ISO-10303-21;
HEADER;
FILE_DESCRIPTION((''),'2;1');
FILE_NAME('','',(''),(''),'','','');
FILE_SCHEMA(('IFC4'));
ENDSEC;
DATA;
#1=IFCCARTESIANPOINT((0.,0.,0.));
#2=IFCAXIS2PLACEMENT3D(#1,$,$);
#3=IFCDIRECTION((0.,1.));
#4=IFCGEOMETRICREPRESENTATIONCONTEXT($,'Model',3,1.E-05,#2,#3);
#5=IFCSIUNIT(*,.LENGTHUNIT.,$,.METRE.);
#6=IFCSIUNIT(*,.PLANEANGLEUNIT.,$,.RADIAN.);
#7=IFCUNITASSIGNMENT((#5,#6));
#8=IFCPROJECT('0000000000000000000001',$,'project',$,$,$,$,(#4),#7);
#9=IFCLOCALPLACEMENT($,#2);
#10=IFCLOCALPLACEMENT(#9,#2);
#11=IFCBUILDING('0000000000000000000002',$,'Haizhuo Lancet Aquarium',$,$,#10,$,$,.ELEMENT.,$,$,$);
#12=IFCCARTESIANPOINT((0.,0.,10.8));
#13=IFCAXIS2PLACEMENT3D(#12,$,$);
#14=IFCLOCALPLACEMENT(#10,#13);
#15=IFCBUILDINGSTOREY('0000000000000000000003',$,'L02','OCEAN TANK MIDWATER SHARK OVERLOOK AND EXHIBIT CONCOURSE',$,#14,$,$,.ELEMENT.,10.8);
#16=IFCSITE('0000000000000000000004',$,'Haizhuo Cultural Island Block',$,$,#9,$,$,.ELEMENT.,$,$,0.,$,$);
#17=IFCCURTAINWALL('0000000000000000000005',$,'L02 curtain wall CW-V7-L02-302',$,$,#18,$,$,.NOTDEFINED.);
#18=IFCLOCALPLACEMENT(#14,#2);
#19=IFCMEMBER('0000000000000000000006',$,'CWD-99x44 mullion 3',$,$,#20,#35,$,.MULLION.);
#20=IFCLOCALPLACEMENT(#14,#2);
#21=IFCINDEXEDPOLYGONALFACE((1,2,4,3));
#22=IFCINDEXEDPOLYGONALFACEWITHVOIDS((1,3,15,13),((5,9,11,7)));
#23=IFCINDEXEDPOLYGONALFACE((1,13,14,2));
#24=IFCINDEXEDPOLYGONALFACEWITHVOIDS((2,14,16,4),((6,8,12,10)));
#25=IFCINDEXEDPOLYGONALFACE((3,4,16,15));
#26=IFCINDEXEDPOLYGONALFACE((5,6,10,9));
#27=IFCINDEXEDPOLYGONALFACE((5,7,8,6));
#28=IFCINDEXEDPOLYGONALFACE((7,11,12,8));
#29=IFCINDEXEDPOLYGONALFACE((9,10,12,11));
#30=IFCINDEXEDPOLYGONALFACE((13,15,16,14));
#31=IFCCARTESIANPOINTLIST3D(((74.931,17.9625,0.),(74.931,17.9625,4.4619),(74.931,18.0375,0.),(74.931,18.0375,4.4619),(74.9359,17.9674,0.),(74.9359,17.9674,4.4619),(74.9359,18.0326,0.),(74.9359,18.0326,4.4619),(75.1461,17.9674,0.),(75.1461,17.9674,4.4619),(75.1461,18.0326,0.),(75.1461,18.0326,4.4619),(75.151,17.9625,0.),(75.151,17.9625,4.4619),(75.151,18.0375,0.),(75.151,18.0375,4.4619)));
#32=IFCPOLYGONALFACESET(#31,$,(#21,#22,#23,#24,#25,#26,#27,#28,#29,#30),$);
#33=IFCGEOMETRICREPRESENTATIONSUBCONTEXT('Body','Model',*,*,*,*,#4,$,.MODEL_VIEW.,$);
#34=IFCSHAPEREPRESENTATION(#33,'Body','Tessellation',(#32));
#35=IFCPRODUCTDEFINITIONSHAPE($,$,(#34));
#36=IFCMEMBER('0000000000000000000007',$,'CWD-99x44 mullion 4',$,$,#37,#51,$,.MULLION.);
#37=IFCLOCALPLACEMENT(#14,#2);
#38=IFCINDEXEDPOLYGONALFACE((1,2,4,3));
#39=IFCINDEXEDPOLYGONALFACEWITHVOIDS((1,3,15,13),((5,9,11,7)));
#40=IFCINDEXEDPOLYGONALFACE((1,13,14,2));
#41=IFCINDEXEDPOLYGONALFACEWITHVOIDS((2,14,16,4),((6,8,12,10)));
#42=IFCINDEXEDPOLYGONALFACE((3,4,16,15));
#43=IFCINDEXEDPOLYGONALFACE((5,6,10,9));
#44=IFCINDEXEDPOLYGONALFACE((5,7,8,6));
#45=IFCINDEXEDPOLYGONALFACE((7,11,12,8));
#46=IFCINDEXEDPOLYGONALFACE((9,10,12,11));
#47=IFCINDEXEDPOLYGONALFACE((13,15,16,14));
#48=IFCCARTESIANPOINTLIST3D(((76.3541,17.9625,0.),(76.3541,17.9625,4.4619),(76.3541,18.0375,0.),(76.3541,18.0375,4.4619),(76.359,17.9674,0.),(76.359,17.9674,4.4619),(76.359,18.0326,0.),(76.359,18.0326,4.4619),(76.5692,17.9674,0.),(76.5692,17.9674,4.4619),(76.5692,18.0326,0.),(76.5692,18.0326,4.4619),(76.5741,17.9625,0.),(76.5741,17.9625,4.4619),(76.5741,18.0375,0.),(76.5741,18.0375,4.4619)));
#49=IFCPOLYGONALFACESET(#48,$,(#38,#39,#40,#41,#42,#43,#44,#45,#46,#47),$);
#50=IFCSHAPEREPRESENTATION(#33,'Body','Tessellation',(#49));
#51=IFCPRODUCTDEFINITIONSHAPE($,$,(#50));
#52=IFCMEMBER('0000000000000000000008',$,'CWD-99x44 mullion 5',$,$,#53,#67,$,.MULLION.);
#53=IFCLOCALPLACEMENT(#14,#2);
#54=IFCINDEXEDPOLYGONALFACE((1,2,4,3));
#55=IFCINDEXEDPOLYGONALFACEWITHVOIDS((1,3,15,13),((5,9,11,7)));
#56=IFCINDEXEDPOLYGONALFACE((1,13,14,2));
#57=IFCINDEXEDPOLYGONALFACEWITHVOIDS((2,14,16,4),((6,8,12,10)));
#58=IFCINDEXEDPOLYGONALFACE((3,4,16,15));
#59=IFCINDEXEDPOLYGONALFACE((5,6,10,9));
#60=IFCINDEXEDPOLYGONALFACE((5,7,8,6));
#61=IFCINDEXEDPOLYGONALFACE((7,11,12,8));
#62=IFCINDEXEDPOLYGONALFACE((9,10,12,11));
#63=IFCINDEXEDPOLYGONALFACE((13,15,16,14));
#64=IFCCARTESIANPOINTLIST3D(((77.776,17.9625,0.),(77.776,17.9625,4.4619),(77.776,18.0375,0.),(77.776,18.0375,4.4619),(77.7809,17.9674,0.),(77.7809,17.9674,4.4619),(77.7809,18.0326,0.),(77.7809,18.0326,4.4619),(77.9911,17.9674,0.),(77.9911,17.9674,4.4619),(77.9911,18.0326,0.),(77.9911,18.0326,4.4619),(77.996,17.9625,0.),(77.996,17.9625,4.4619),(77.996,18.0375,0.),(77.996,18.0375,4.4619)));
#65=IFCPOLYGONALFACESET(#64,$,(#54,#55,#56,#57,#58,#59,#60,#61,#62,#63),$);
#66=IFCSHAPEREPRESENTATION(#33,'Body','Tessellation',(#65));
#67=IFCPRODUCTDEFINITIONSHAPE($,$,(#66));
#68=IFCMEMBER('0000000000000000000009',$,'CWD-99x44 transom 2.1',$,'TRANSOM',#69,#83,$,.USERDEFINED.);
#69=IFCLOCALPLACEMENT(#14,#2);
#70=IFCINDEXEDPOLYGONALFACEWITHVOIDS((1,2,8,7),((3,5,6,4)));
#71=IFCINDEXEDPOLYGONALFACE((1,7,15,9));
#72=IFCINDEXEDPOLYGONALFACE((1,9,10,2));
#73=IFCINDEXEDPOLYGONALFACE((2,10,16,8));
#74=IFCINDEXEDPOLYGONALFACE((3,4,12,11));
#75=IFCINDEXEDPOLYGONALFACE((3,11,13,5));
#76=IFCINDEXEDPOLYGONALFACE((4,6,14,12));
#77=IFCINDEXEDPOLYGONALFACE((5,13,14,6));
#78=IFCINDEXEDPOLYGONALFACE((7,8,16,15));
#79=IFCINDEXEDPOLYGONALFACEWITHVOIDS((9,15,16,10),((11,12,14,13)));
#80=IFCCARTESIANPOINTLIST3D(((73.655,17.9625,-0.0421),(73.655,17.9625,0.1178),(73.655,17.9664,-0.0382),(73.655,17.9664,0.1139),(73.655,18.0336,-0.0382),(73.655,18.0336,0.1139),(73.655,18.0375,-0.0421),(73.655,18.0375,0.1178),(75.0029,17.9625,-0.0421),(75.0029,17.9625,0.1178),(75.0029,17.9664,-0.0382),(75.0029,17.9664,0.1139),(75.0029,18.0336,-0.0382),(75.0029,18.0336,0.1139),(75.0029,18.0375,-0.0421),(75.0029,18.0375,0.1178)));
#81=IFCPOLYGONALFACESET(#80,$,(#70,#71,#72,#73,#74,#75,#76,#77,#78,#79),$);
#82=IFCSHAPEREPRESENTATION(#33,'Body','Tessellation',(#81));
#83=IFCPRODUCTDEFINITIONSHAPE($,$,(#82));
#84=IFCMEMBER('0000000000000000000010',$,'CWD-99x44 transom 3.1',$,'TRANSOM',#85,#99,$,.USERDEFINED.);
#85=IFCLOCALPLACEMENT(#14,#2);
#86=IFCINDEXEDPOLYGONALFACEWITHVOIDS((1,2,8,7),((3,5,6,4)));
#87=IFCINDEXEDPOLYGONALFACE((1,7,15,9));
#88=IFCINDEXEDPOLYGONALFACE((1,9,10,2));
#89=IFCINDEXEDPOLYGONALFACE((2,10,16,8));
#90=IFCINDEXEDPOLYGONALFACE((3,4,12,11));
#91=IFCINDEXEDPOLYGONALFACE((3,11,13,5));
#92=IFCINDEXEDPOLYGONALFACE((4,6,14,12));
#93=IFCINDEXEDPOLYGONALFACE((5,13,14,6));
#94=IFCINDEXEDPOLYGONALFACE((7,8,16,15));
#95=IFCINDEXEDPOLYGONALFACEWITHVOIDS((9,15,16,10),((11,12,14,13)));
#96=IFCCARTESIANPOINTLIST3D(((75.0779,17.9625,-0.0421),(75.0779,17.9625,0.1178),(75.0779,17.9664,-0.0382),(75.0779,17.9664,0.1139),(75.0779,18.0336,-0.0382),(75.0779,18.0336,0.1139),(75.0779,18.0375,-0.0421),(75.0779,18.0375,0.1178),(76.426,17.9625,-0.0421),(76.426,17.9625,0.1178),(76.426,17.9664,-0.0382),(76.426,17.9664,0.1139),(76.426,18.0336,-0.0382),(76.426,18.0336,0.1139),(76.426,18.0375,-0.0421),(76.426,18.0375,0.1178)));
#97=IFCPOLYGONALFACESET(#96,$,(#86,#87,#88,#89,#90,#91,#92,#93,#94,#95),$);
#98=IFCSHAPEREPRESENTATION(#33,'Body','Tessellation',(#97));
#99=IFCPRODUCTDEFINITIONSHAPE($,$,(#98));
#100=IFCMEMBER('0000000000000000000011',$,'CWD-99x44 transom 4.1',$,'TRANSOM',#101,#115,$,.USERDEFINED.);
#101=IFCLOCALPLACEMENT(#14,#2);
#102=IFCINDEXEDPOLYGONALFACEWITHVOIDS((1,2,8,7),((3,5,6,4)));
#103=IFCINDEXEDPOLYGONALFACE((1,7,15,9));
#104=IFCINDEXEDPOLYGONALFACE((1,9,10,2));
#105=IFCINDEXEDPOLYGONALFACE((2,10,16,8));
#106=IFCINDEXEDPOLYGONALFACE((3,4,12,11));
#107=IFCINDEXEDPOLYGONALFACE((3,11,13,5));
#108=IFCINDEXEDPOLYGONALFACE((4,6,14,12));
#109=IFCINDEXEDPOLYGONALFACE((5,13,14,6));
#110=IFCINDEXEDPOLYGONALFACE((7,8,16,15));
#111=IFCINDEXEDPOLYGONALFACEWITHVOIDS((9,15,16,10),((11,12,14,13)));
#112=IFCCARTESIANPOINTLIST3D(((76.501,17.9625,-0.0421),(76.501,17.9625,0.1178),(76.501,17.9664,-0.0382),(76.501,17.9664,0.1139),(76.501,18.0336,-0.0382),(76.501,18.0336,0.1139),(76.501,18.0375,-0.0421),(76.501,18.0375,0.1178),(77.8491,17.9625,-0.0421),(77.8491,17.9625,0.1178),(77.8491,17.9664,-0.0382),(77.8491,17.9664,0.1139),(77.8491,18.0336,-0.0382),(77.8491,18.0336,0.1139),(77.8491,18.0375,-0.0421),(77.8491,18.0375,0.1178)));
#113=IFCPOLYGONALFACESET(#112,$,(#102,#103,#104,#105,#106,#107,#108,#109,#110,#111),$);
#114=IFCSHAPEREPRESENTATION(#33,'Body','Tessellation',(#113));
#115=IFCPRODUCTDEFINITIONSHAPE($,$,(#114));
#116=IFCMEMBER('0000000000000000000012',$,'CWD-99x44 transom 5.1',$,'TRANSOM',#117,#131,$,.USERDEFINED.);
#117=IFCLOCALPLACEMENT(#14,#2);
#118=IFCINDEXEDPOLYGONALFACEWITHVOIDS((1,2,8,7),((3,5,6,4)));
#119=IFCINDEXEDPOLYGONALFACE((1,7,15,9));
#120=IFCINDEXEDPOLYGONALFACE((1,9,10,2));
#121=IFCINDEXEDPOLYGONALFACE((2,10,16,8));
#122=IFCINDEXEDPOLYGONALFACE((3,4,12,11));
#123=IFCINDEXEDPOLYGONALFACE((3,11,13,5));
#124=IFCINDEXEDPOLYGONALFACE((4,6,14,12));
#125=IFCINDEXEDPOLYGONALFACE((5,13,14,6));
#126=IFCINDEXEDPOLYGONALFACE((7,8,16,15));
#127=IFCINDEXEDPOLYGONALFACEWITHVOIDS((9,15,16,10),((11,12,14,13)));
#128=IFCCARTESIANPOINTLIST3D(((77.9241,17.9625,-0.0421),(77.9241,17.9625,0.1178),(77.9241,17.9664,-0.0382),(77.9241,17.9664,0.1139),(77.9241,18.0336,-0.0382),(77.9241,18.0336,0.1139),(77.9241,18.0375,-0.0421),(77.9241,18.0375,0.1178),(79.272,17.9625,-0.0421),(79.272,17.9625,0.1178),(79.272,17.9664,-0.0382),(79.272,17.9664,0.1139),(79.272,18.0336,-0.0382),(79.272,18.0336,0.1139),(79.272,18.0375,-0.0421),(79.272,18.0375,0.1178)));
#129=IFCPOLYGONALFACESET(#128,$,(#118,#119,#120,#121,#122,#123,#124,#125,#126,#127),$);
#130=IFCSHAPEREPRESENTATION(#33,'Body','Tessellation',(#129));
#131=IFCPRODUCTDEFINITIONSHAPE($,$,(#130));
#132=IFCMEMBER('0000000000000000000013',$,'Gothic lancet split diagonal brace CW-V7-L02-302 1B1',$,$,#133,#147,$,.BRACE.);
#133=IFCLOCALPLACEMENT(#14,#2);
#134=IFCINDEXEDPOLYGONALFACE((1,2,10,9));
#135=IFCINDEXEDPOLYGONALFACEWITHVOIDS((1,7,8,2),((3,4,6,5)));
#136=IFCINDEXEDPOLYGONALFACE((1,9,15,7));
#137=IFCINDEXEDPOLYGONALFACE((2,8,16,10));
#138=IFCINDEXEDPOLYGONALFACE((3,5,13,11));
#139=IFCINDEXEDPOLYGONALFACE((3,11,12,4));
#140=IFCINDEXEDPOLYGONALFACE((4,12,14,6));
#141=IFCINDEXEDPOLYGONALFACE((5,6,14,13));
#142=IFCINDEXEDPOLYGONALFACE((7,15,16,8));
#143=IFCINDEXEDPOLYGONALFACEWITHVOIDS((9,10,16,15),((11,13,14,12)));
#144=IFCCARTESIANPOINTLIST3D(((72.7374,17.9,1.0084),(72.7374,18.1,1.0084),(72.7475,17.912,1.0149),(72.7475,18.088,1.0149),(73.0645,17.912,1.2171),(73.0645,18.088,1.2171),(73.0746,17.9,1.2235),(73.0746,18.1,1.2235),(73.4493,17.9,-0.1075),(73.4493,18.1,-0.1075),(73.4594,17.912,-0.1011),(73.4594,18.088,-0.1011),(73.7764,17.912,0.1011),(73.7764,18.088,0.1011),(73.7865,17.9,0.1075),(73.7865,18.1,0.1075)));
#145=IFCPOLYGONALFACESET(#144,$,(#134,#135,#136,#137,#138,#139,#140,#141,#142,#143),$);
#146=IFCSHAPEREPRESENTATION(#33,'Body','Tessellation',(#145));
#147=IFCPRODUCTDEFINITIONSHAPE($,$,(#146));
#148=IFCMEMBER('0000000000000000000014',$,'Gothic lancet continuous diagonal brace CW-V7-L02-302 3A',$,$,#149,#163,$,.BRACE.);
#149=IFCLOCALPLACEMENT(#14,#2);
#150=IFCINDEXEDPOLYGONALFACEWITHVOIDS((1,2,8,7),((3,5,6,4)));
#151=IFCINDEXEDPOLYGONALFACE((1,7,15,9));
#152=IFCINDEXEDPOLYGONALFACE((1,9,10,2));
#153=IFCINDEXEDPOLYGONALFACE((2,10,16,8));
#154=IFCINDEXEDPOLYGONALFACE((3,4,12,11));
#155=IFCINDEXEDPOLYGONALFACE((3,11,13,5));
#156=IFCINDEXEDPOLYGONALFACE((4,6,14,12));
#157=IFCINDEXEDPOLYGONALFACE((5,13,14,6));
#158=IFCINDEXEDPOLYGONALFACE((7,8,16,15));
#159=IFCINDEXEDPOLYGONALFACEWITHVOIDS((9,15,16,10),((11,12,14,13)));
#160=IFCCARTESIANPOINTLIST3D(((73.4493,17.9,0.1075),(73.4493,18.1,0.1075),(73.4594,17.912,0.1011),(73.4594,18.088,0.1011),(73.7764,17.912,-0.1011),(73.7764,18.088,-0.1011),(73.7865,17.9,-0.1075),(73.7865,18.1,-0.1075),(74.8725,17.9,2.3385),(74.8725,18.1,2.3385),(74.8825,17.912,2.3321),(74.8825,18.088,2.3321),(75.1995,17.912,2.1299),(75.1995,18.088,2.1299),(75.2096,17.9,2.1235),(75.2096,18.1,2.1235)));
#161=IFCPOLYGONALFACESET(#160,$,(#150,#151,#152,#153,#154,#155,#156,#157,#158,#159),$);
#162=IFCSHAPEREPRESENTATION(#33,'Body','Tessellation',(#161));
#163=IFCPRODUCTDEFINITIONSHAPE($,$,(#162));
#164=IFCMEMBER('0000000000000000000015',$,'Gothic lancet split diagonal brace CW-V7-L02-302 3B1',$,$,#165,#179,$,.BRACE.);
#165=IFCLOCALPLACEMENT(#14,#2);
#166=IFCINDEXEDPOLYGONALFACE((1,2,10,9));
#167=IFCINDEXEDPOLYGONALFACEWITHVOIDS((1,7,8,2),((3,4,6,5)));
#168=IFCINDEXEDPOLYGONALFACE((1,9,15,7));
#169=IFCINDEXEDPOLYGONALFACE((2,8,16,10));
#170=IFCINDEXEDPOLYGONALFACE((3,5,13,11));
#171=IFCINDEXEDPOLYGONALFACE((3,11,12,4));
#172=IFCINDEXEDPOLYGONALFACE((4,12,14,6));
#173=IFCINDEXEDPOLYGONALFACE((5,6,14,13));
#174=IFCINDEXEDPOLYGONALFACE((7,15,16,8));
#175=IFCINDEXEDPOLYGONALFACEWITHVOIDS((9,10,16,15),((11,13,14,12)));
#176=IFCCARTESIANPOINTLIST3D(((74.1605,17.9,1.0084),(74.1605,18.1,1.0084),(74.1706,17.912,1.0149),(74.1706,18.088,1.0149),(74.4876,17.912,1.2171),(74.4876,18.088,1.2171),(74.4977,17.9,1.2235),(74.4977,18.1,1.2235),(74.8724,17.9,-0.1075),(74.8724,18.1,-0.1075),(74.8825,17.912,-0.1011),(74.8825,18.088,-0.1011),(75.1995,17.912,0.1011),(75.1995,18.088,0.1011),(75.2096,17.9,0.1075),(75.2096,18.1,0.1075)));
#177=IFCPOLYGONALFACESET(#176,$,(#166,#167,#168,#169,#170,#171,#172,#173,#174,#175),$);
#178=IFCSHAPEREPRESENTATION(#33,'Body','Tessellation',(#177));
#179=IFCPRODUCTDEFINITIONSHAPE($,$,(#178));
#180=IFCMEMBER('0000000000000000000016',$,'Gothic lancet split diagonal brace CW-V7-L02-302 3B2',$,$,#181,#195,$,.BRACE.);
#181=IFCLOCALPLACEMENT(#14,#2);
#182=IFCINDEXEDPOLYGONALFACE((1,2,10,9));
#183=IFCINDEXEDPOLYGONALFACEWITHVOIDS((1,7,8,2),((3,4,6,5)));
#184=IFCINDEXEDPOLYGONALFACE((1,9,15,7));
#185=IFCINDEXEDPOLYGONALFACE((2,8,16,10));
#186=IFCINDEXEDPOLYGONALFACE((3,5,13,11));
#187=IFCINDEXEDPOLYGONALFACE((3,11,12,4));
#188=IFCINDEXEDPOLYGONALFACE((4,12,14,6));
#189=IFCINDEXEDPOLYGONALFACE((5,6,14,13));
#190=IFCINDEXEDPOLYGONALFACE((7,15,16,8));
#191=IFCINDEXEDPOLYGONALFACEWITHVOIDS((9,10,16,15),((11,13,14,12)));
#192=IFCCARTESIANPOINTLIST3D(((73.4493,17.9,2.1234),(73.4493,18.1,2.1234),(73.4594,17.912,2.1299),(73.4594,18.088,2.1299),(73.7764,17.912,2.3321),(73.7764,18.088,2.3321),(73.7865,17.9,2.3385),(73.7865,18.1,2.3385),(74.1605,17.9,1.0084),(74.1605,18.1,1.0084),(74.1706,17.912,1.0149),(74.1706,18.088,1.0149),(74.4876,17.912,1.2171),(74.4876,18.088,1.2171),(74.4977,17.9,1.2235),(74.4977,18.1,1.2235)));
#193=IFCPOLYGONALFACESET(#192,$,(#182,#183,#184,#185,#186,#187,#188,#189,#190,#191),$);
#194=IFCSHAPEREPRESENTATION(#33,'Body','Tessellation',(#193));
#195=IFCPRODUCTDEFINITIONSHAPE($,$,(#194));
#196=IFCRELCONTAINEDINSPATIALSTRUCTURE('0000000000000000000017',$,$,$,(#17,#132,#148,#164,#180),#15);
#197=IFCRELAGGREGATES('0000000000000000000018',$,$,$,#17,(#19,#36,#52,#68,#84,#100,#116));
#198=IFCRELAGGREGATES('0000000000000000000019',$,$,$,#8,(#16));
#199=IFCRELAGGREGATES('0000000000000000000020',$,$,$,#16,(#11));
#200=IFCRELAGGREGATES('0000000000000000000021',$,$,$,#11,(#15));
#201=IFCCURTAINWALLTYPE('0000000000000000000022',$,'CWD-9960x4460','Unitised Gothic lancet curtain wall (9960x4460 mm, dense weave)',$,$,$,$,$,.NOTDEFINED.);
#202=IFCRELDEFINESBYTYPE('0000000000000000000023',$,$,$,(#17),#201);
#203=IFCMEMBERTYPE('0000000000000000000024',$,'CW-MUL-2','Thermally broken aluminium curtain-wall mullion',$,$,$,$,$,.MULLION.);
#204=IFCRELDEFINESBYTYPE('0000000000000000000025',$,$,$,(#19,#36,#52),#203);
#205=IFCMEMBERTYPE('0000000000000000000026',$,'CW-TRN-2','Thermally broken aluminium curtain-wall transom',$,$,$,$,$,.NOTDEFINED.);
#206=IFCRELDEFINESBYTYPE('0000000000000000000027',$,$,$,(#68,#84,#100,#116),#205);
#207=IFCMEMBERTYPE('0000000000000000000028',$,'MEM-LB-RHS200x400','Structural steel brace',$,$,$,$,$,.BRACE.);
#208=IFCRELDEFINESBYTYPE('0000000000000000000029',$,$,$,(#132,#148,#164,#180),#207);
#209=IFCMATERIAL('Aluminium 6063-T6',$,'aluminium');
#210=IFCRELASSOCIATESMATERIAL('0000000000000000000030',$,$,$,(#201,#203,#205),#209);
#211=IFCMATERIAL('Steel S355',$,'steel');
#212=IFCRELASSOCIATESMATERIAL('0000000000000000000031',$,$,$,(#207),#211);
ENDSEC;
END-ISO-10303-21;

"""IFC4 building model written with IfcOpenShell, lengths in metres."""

from ifc_helpers import new_model, si_unit, direction, frame, origin, origin_2d, place, context, subcontext, project, spatial, hollow_rectangle, extrude, material, material_profile, profile_set, type_object, element, aggregate, save


model = new_model("IFC4")

# Units and contexts
model_context = context("Model", 3, precision=1e-05, world=origin(), true_north=direction((0.0, 1.0)))
body_context = subcontext(model_context, "Body", "Model", "MODEL_VIEW")
ifc_project = project(units=[si_unit("LENGTHUNIT", "METRE"), si_unit("PLANEANGLEUNIT", "RADIAN")], contexts=[model_context])

# Site, building, storey
site_placement = place(None, origin())
site = spatial("IfcSite", under=ifc_project, at=site_placement, Name="Haizhuo Cultural Island Block", CompositionType="ELEMENT", RefElevation=0.0)
building_placement = place(site_placement, origin())
building = spatial("IfcBuilding", under=site, at=building_placement, Name="Haizhuo Lancet Aquarium", CompositionType="ELEMENT")
storey_placement = place(building_placement, frame((0.0, 0.0, 10.8)))
storey = spatial("IfcBuildingStorey", under=building, at=storey_placement, Name="L02", Description="OCEAN TANK MIDWATER SHARK OVERLOOK AND EXHIBIT CONCOURSE", CompositionType="ELEMENT", Elevation=10.8)

# Curtain wall, members
ifc_material_1 = material(Name="Aluminium 6063-T6", Category="aluminium")
curtain_wall_type = type_object("IfcCurtainWallType", Name="CWD-9960x4460", Description="Unitised Gothic lancet curtain wall (9960x4460 mm, dense weave)", PredefinedType="NOTDEFINED", material=ifc_material_1)
curtain_wall_placement = place(storey_placement, origin())
curtain_wall = element("IfcCurtainWall", 1, at=curtain_wall_placement, inside=storey, type_object=curtain_wall_type, Name="L02 curtain wall CW-V7-L02-302", PredefinedType="NOTDEFINED")
ifc_material_profile_1 = material_profile(ifc_material_1, hollow_rectangle(XDim=0.075, YDim=0.22, WallThickness=0.0049, at=origin_2d()), Name="ALU-M 75x220x5")
ifc_profile_set_1 = profile_set([ifc_material_profile_1], Name="Aluminium 6063-T6")
member_type_1 = type_object("IfcMemberType", Name="CW-MUL-2", Description="Thermally broken aluminium curtain-wall mullion", PredefinedType="MULLION", material=ifc_profile_set_1)
member_1_placement = place(storey_placement, frame((75.041, 18.0, 0.0), z_axis=(0.0, 0.0, 1.0), x_axis=(0.0, 1.0, 0.0)))
member_1 = element("IfcMember", 2, at=member_1_placement, type_object=member_type_1, Name="CWD-99x44 mullion 3", PredefinedType="MULLION", context=body_context, shape_type="SweptSolid", body=[
    extrude(hollow_rectangle(XDim=0.075, YDim=0.22, WallThickness=0.0049, at=origin_2d()), origin(), (0.0, 0.0, 1.0), 4.4619),
])
member_2_placement = place(storey_placement, frame((76.4641, 18.0, 0.0), z_axis=(0.0, 0.0, 1.0), x_axis=(0.0, 1.0, 0.0)))
member_2 = element("IfcMember", 3, at=member_2_placement, type_object=member_type_1, Name="CWD-99x44 mullion 4", PredefinedType="MULLION", context=body_context, shape_type="SweptSolid", body=[
    extrude(hollow_rectangle(XDim=0.075, YDim=0.22, WallThickness=0.0049, at=origin_2d()), origin(), (0.0, 0.0, 1.0), 4.4619),
])
member_3_placement = place(storey_placement, frame((77.886, 18.0, 0.0), z_axis=(0.0, 0.0, 1.0), x_axis=(0.0, 1.0, 0.0)))
member_3 = element("IfcMember", 4, at=member_3_placement, type_object=member_type_1, Name="CWD-99x44 mullion 5", PredefinedType="MULLION", context=body_context, shape_type="SweptSolid", body=[
    extrude(hollow_rectangle(XDim=0.075, YDim=0.22, WallThickness=0.0049, at=origin_2d()), origin(), (0.0, 0.0, 1.0), 4.4619),
])
ifc_material_profile_2 = material_profile(ifc_material_1, hollow_rectangle(XDim=0.075, YDim=0.1599, WallThickness=0.0039, at=origin_2d()), Name="ALU-T 75x160x4")
ifc_profile_set_2 = profile_set([ifc_material_profile_2], Name="Aluminium 6063-T6")
member_type_2 = type_object("IfcMemberType", Name="CW-TRN-2", Description="Thermally broken aluminium curtain-wall transom", PredefinedType="NOTDEFINED", material=ifc_profile_set_2)
member_4_placement = place(storey_placement, frame((73.655, 18.0, 0.0378), z_axis=(1.0, 0.0, 0.0), x_axis=(0.0, 1.0, 0.0)))
member_4 = element("IfcMember", 5, at=member_4_placement, type_object=member_type_2, Name="CWD-99x44 transom 2.1", ObjectType="TRANSOM", PredefinedType="USERDEFINED", context=body_context, shape_type="SweptSolid", body=[
    extrude(hollow_rectangle(XDim=0.075, YDim=0.1599, WallThickness=0.0039, at=origin_2d()), origin(), (0.0, 0.0, 1.0), 1.3479),
])
member_5_placement = place(storey_placement, frame((75.0779, 18.0, 0.0378), z_axis=(1.0, 0.0, 0.0), x_axis=(0.0, 1.0, 0.0)))
member_5 = element("IfcMember", 6, at=member_5_placement, type_object=member_type_2, Name="CWD-99x44 transom 3.1", ObjectType="TRANSOM", PredefinedType="USERDEFINED", context=body_context, shape_type="SweptSolid", body=[
    extrude(hollow_rectangle(XDim=0.075, YDim=0.1599, WallThickness=0.0039, at=origin_2d()), origin(), (0.0, 0.0, 1.0), 1.3481),
])
member_6_placement = place(storey_placement, frame((76.501, 18.0, 0.0378), z_axis=(1.0, 0.0, 0.0), x_axis=(0.0, 1.0, 0.0)))
member_6 = element("IfcMember", 7, at=member_6_placement, type_object=member_type_2, Name="CWD-99x44 transom 4.1", ObjectType="TRANSOM", PredefinedType="USERDEFINED", context=body_context, shape_type="SweptSolid", body=[
    extrude(hollow_rectangle(XDim=0.075, YDim=0.1599, WallThickness=0.0039, at=origin_2d()), origin(), (0.0, 0.0, 1.0), 1.3481),
])
member_7_placement = place(storey_placement, frame((77.9241, 18.0, 0.0378), z_axis=(1.0, 0.0, 0.0), x_axis=(0.0, 1.0, 0.0)))
member_7 = element("IfcMember", 8, at=member_7_placement, type_object=member_type_2, Name="CWD-99x44 transom 5.1", ObjectType="TRANSOM", PredefinedType="USERDEFINED", context=body_context, shape_type="SweptSolid", body=[
    extrude(hollow_rectangle(XDim=0.075, YDim=0.1599, WallThickness=0.0039, at=origin_2d()), origin(), (0.0, 0.0, 1.0), 1.3479),
])

# Members
ifc_material_2 = material(Name="Steel S355", Category="steel")
ifc_material_profile_3 = material_profile(ifc_material_2, hollow_rectangle(XDim=0.2, YDim=0.3999, WallThickness=0.012, at=origin_2d()), Name="RHS 200x400x12")
ifc_profile_set_3 = profile_set([ifc_material_profile_3], Name="Steel S355")
member_type_3 = type_object("IfcMemberType", Name="MEM-LB-RHS200x400", Description="Structural steel brace", PredefinedType="BRACE", material=ifc_profile_set_3)
member_8_placement = place(storey_placement, frame((73.6179, 18.0, 0.0), z_axis=(-0.537818, 0.0, 0.843061), x_axis=(0.0, -1.0, 0.0)))
element("IfcMember", 9, at=member_8_placement, inside=storey, type_object=member_type_3, Name="Gothic lancet split diagonal brace CW-V7-L02-302 1B1", PredefinedType="BRACE", context=body_context, shape_type="SweptSolid", body=[
    extrude(hollow_rectangle(XDim=0.2, YDim=0.3999, WallThickness=0.012, at=origin_2d()), origin(), (0.0, 0.0, 1.0), 1.3237),
])
member_9_placement = place(storey_placement, frame((73.6179, 18.0, 0.0), z_axis=(0.537789, 0.0, 0.84308), x_axis=(0.0, 1.0, 0.0)))
element("IfcMember", 10, at=member_9_placement, inside=storey, type_object=member_type_3, Name="Gothic lancet continuous diagonal brace CW-V7-L02-302 3A", PredefinedType="BRACE", context=body_context, shape_type="SweptSolid", body=[
    extrude(hollow_rectangle(XDim=0.2, YDim=0.3999, WallThickness=0.012, at=origin_2d()), origin(), (0.0, 0.0, 1.0), 2.6462),
])
member_10_placement = place(storey_placement, frame((75.041, 18.0, 0.0), z_axis=(-0.537818, 0.0, 0.843061), x_axis=(0.0, -1.0, 0.0)))
element("IfcMember", 11, at=member_10_placement, inside=storey, type_object=member_type_3, Name="Gothic lancet split diagonal brace CW-V7-L02-302 3B1", PredefinedType="BRACE", context=body_context, shape_type="SweptSolid", body=[
    extrude(hollow_rectangle(XDim=0.2, YDim=0.3999, WallThickness=0.012, at=origin_2d()), origin(), (0.0, 0.0, 1.0), 1.3237),
])
member_11_placement = place(storey_placement, frame((74.3291, 18.0, 1.116), z_axis=(-0.537759, 0.0, 0.843099), x_axis=(0.0, -1.0, 0.0)))
element("IfcMember", 12, at=member_11_placement, inside=storey, type_object=member_type_3, Name="Gothic lancet split diagonal brace CW-V7-L02-302 3B2", PredefinedType="BRACE", context=body_context, shape_type="SweptSolid", body=[
    extrude(hollow_rectangle(XDim=0.2, YDim=0.3999, WallThickness=0.012, at=origin_2d()), origin(), (0.0, 0.0, 1.0), 1.3225),
])

aggregate(curtain_wall, [member_1, member_2, member_3, member_4, member_5, member_6, member_7])

save(model, "model.ifc")
